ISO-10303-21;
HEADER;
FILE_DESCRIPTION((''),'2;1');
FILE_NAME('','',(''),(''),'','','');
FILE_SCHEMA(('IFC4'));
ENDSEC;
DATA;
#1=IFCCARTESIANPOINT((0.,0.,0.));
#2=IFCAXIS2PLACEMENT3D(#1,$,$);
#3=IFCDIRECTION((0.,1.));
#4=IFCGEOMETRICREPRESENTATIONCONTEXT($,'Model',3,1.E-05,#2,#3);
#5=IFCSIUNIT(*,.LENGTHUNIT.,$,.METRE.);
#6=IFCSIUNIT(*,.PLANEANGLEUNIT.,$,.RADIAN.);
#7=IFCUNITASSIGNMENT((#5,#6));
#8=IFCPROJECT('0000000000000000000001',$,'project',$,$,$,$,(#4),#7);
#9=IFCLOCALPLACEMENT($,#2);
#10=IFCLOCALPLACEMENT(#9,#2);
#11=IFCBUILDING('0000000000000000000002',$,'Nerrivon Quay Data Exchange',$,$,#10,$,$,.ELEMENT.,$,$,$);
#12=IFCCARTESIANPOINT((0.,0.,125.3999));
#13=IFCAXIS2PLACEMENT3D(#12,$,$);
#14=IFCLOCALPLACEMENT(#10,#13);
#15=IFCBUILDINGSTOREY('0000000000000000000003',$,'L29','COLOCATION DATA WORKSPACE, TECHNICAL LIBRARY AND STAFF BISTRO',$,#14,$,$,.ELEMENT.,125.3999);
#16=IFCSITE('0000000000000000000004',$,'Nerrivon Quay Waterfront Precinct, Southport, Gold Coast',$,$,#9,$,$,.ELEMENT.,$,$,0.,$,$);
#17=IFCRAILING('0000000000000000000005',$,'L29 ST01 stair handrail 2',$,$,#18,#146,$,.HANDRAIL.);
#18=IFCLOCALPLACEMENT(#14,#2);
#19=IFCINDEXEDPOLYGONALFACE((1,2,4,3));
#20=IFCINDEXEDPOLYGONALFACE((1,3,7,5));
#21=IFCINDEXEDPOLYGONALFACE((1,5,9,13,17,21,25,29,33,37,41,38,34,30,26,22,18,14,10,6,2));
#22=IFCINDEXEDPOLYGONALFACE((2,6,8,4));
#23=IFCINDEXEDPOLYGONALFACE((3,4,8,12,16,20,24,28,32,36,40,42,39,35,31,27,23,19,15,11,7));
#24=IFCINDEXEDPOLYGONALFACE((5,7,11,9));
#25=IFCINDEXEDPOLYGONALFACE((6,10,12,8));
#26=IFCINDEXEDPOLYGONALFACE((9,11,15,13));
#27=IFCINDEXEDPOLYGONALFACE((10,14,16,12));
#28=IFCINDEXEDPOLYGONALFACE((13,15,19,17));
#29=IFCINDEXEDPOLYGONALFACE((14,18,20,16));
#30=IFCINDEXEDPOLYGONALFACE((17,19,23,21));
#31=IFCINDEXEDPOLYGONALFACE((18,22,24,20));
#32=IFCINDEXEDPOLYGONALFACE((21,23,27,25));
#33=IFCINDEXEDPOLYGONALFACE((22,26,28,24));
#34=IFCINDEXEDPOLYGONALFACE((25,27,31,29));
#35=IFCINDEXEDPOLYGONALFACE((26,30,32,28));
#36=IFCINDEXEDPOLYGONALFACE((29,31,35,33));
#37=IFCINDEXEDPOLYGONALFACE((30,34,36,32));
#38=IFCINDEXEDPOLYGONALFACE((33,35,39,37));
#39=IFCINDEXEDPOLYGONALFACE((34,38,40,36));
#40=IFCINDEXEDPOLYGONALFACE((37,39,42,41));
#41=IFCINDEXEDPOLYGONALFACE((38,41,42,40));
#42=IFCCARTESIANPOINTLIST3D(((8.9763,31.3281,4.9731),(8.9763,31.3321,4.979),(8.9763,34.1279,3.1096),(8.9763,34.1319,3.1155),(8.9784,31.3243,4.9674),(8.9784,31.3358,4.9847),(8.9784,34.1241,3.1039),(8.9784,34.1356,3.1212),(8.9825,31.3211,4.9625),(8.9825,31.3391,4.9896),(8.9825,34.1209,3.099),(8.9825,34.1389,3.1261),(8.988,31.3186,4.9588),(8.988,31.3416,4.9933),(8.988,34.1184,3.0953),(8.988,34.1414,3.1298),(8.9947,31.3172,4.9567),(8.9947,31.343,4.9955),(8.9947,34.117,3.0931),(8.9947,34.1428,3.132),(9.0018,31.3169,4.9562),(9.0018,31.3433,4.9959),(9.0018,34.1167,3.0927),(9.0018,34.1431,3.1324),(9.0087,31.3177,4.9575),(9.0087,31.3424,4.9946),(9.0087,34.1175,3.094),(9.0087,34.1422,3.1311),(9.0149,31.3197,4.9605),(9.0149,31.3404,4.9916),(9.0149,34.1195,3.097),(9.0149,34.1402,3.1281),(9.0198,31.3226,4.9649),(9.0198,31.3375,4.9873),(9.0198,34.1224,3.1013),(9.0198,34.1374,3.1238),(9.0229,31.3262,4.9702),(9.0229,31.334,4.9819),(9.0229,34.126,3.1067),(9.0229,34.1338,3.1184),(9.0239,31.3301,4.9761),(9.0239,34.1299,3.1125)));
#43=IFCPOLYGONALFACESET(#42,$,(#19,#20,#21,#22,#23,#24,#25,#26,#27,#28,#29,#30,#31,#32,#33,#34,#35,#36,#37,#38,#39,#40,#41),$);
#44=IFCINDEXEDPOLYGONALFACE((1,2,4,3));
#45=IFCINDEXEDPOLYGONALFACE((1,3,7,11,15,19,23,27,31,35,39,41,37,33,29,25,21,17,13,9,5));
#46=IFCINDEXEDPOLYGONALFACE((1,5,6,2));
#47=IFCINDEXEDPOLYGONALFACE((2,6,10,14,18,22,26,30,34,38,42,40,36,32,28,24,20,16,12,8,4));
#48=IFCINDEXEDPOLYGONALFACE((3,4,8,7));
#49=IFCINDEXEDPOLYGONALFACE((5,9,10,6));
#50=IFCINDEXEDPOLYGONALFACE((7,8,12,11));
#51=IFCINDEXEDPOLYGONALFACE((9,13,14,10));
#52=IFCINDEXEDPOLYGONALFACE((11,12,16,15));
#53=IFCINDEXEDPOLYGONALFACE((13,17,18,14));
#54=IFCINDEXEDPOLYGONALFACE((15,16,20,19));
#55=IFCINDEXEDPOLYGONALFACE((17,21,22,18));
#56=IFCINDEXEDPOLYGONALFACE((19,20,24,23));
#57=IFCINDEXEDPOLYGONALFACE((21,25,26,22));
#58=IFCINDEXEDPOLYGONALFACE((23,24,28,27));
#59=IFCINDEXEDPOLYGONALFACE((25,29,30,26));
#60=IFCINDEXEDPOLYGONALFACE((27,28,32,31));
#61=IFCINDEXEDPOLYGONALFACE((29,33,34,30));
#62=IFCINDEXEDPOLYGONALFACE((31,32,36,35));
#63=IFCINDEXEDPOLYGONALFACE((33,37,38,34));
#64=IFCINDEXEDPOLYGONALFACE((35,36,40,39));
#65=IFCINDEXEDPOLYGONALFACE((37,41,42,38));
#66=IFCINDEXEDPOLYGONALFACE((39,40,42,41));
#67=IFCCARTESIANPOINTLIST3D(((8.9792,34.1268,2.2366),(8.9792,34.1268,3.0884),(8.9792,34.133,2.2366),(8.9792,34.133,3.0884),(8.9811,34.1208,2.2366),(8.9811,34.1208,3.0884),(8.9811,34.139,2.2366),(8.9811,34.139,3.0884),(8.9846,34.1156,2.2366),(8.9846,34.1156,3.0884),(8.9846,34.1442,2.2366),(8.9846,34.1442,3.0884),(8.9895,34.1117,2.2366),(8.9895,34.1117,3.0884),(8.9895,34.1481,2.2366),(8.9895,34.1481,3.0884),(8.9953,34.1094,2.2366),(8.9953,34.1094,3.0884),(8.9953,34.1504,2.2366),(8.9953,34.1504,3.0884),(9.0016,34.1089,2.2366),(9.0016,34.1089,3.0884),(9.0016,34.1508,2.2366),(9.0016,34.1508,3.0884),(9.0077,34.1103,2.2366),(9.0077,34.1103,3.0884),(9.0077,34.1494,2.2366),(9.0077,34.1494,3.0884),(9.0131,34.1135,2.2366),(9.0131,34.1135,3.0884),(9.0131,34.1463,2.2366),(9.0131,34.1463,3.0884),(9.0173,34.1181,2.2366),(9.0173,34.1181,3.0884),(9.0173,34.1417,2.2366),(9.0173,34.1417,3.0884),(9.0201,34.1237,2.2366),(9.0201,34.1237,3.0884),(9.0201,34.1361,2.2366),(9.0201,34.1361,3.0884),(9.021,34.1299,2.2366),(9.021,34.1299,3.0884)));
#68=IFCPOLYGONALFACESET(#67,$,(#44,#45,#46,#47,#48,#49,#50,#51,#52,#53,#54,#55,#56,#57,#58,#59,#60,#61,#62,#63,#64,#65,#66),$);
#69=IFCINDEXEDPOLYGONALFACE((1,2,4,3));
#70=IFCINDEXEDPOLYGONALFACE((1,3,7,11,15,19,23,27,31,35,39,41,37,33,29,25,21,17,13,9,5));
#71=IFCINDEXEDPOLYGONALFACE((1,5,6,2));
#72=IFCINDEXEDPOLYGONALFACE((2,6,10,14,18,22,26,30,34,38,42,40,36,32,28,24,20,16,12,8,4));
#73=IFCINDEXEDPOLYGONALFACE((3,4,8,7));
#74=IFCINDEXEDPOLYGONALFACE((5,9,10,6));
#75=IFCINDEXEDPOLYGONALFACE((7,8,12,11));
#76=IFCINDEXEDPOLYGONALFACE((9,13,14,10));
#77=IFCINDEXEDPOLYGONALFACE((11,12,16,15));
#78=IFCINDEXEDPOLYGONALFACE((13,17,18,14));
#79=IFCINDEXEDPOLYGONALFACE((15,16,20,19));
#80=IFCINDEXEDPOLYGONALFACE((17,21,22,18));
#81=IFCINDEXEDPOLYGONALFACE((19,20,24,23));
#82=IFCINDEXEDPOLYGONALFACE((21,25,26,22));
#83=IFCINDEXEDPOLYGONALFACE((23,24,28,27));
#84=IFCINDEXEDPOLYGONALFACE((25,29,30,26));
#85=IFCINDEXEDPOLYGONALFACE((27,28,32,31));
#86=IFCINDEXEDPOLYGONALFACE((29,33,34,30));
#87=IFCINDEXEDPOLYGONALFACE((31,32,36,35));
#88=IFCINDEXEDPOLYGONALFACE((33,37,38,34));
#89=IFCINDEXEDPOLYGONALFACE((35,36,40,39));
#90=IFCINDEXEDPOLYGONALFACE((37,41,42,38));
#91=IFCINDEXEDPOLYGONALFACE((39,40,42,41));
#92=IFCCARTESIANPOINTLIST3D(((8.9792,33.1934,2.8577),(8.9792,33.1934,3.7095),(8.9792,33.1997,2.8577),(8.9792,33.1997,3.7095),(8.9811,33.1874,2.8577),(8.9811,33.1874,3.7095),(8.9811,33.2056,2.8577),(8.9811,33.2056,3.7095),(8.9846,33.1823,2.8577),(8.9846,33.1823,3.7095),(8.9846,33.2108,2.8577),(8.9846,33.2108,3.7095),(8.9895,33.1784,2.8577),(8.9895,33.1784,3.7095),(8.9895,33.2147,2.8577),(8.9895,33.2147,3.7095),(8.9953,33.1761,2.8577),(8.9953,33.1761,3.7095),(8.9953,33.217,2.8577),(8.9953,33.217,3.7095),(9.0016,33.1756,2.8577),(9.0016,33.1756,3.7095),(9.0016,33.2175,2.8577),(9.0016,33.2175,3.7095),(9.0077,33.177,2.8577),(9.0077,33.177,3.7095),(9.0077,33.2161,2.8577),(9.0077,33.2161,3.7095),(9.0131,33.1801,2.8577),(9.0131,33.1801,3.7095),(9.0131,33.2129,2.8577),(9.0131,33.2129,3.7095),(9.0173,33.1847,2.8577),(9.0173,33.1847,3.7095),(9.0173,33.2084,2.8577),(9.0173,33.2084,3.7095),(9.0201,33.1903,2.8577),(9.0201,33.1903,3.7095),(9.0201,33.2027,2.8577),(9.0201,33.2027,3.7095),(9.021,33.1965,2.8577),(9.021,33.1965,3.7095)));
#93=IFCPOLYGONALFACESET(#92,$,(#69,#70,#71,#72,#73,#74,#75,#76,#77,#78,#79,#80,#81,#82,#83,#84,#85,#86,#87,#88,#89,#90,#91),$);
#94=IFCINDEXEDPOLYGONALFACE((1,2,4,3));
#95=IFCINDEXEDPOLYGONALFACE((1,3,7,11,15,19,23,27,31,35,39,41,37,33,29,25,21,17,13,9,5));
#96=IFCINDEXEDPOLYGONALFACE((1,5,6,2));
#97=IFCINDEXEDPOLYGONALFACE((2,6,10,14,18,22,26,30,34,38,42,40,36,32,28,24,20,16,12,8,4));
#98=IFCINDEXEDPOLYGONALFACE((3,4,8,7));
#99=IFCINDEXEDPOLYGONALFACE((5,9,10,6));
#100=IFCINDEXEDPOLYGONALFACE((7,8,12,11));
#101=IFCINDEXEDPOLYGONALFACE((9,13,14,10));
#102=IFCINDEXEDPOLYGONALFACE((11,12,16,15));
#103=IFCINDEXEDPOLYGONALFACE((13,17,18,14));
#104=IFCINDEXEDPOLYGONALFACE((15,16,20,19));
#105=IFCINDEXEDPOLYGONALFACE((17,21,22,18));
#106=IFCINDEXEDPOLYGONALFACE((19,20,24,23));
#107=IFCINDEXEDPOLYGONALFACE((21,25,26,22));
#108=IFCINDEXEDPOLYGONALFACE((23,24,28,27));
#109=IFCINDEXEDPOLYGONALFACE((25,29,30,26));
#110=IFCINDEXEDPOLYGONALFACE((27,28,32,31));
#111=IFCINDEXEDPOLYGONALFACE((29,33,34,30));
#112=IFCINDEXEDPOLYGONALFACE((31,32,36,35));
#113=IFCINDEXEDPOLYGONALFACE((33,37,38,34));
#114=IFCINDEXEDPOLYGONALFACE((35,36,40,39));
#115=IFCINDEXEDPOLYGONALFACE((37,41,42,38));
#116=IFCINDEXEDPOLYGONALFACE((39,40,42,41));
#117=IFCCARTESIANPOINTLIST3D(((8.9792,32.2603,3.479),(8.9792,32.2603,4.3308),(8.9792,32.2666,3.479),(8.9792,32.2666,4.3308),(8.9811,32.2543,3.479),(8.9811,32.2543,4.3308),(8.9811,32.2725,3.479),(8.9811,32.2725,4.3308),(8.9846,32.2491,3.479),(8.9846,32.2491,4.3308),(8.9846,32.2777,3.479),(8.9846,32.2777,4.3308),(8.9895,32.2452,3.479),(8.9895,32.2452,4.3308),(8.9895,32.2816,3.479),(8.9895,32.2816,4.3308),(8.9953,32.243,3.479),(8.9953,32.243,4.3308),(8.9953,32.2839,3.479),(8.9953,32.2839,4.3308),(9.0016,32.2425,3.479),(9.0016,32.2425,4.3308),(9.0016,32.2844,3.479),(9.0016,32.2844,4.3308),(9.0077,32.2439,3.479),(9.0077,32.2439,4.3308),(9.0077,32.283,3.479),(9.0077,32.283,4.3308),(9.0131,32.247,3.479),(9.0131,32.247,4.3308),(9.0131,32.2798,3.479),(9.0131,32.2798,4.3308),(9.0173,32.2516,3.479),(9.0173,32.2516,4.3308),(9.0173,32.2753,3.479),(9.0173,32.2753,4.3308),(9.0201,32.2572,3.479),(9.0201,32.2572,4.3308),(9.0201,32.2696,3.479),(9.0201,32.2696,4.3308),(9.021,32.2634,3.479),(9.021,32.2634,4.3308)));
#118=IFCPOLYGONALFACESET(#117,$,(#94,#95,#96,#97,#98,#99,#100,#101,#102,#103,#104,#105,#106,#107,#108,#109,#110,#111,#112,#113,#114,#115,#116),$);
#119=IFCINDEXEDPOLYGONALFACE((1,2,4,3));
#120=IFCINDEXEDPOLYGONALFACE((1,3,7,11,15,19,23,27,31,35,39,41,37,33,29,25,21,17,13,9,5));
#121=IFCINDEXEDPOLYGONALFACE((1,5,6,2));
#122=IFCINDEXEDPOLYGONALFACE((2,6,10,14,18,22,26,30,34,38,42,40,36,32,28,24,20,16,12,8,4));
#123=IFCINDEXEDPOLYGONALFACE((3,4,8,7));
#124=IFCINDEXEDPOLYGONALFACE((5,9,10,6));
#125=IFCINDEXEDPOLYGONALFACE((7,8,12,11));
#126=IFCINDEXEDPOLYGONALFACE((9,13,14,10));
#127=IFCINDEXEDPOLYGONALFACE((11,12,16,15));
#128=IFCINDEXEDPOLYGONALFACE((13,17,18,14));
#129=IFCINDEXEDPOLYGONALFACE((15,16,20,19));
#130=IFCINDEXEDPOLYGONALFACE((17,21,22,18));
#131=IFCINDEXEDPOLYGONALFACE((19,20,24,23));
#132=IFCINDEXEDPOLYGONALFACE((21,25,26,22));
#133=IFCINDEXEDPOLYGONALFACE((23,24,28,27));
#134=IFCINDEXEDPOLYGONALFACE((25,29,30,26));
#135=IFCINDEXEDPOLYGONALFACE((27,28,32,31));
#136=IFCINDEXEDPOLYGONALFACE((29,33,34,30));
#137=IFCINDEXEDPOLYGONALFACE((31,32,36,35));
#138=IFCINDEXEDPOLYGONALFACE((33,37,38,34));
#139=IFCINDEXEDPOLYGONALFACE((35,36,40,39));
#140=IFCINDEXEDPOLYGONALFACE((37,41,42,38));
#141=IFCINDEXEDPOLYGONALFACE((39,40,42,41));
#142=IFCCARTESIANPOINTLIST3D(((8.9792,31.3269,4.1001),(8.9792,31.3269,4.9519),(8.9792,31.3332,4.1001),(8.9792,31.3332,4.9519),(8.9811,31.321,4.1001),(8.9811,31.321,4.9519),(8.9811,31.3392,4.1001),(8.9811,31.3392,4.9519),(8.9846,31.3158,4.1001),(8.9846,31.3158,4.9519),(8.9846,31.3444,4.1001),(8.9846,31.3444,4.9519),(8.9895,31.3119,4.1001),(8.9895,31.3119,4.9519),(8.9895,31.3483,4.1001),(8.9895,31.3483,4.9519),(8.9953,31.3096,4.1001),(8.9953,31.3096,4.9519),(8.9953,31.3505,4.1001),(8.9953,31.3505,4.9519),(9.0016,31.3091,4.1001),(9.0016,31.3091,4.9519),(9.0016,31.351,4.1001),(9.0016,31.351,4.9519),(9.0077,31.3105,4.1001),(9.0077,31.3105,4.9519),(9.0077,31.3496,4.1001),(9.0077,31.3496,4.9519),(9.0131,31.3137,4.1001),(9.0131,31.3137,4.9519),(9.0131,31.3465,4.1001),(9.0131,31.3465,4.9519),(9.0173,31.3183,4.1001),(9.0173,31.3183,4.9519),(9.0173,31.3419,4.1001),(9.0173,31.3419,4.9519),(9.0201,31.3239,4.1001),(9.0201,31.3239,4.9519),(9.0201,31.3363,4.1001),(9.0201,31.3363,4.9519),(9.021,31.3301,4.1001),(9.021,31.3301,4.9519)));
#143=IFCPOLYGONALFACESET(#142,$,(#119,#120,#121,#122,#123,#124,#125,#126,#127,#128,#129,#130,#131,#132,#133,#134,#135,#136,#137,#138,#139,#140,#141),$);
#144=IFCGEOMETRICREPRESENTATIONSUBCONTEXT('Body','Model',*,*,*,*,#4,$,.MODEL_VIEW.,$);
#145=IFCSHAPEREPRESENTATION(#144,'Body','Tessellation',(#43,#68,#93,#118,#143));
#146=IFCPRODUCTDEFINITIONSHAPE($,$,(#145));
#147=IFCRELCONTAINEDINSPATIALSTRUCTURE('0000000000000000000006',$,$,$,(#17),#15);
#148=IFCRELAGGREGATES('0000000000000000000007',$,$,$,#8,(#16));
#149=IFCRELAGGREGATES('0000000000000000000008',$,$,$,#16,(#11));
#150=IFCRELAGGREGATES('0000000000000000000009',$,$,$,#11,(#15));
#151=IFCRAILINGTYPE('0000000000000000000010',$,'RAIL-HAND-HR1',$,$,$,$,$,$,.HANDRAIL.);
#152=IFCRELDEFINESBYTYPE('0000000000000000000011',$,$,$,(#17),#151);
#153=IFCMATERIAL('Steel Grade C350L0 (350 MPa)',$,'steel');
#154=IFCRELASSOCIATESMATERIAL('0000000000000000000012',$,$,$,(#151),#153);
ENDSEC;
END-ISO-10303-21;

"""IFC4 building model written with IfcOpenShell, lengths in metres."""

from ifc_helpers import new_model, si_unit, direction, frame, origin, origin_2d, place, context, subcontext, project, spatial, circle, extrude, material, type_object, element, save


model = new_model("IFC4")

# Units and contexts
model_context = context("Model", 3, precision=1e-05, world=origin(), true_north=direction((0.0, 1.0)))
body_context = subcontext(model_context, "Body", "Model", "MODEL_VIEW")
ifc_project = project(units=[si_unit("LENGTHUNIT", "METRE"), si_unit("PLANEANGLEUNIT", "RADIAN")], contexts=[model_context])

# Site, building, storey
site_placement = place(None, origin())
site = spatial("IfcSite", under=ifc_project, at=site_placement, Name="Nerrivon Quay Waterfront Precinct, Southport, Gold Coast", CompositionType="ELEMENT", RefElevation=0.0)
building_placement = place(site_placement, origin())
building = spatial("IfcBuilding", under=site, at=building_placement, Name="Nerrivon Quay Data Exchange", CompositionType="ELEMENT")
storey_placement = place(building_placement, frame((0.0, 0.0, 125.3999)))
storey = spatial("IfcBuildingStorey", under=building, at=storey_placement, Name="L29", Description="COLOCATION DATA WORKSPACE, TECHNICAL LIBRARY AND STAFF BISTRO", CompositionType="ELEMENT", Elevation=125.3999)

# Railing
ifc_material_1 = material(Name="Steel Grade C350L0 (350 MPa)", Category="steel")
railing_type_1 = type_object("IfcRailingType", Name="RAIL-HAND-HR1", PredefinedType="HANDRAIL", material=ifc_material_1)
railing_1_placement = place(storey_placement, frame((9.0, 34.1299, 2.2366)))
element("IfcRailing", 1, at=railing_1_placement, inside=storey, type_object=railing_type_1, Name="L29 ST01 stair handrail 2", PredefinedType="HANDRAIL", context=body_context, shape_type="SweptSolid", body=[
    extrude(circle(Radius=0.0239, at=origin_2d()), frame((0.0, 0.0, 0.876), z_axis=(0.0, -0.832463, 0.55408), x_axis=(1.0, 0.0, 0.0)), (0.0, 0.0, 1.0), 3.3633),
    extrude(circle(Radius=0.021, at=origin_2d()), origin(), (0.0, 0.0, 1.0), 0.8518),
    extrude(circle(Radius=0.021, at=origin_2d()), frame((0.0, -0.9333, 0.6211)), (0.0, 0.0, 1.0), 0.8518),
    extrude(circle(Radius=0.021, at=origin_2d()), frame((0.0, -1.8665, 1.2424)), (0.0, 0.0, 1.0), 0.8518),
    extrude(circle(Radius=0.021, at=origin_2d()), frame((0.0, -2.7998, 1.8635)), (0.0, 0.0, 1.0), 0.8518),
])

save(model, "model.ifc")
